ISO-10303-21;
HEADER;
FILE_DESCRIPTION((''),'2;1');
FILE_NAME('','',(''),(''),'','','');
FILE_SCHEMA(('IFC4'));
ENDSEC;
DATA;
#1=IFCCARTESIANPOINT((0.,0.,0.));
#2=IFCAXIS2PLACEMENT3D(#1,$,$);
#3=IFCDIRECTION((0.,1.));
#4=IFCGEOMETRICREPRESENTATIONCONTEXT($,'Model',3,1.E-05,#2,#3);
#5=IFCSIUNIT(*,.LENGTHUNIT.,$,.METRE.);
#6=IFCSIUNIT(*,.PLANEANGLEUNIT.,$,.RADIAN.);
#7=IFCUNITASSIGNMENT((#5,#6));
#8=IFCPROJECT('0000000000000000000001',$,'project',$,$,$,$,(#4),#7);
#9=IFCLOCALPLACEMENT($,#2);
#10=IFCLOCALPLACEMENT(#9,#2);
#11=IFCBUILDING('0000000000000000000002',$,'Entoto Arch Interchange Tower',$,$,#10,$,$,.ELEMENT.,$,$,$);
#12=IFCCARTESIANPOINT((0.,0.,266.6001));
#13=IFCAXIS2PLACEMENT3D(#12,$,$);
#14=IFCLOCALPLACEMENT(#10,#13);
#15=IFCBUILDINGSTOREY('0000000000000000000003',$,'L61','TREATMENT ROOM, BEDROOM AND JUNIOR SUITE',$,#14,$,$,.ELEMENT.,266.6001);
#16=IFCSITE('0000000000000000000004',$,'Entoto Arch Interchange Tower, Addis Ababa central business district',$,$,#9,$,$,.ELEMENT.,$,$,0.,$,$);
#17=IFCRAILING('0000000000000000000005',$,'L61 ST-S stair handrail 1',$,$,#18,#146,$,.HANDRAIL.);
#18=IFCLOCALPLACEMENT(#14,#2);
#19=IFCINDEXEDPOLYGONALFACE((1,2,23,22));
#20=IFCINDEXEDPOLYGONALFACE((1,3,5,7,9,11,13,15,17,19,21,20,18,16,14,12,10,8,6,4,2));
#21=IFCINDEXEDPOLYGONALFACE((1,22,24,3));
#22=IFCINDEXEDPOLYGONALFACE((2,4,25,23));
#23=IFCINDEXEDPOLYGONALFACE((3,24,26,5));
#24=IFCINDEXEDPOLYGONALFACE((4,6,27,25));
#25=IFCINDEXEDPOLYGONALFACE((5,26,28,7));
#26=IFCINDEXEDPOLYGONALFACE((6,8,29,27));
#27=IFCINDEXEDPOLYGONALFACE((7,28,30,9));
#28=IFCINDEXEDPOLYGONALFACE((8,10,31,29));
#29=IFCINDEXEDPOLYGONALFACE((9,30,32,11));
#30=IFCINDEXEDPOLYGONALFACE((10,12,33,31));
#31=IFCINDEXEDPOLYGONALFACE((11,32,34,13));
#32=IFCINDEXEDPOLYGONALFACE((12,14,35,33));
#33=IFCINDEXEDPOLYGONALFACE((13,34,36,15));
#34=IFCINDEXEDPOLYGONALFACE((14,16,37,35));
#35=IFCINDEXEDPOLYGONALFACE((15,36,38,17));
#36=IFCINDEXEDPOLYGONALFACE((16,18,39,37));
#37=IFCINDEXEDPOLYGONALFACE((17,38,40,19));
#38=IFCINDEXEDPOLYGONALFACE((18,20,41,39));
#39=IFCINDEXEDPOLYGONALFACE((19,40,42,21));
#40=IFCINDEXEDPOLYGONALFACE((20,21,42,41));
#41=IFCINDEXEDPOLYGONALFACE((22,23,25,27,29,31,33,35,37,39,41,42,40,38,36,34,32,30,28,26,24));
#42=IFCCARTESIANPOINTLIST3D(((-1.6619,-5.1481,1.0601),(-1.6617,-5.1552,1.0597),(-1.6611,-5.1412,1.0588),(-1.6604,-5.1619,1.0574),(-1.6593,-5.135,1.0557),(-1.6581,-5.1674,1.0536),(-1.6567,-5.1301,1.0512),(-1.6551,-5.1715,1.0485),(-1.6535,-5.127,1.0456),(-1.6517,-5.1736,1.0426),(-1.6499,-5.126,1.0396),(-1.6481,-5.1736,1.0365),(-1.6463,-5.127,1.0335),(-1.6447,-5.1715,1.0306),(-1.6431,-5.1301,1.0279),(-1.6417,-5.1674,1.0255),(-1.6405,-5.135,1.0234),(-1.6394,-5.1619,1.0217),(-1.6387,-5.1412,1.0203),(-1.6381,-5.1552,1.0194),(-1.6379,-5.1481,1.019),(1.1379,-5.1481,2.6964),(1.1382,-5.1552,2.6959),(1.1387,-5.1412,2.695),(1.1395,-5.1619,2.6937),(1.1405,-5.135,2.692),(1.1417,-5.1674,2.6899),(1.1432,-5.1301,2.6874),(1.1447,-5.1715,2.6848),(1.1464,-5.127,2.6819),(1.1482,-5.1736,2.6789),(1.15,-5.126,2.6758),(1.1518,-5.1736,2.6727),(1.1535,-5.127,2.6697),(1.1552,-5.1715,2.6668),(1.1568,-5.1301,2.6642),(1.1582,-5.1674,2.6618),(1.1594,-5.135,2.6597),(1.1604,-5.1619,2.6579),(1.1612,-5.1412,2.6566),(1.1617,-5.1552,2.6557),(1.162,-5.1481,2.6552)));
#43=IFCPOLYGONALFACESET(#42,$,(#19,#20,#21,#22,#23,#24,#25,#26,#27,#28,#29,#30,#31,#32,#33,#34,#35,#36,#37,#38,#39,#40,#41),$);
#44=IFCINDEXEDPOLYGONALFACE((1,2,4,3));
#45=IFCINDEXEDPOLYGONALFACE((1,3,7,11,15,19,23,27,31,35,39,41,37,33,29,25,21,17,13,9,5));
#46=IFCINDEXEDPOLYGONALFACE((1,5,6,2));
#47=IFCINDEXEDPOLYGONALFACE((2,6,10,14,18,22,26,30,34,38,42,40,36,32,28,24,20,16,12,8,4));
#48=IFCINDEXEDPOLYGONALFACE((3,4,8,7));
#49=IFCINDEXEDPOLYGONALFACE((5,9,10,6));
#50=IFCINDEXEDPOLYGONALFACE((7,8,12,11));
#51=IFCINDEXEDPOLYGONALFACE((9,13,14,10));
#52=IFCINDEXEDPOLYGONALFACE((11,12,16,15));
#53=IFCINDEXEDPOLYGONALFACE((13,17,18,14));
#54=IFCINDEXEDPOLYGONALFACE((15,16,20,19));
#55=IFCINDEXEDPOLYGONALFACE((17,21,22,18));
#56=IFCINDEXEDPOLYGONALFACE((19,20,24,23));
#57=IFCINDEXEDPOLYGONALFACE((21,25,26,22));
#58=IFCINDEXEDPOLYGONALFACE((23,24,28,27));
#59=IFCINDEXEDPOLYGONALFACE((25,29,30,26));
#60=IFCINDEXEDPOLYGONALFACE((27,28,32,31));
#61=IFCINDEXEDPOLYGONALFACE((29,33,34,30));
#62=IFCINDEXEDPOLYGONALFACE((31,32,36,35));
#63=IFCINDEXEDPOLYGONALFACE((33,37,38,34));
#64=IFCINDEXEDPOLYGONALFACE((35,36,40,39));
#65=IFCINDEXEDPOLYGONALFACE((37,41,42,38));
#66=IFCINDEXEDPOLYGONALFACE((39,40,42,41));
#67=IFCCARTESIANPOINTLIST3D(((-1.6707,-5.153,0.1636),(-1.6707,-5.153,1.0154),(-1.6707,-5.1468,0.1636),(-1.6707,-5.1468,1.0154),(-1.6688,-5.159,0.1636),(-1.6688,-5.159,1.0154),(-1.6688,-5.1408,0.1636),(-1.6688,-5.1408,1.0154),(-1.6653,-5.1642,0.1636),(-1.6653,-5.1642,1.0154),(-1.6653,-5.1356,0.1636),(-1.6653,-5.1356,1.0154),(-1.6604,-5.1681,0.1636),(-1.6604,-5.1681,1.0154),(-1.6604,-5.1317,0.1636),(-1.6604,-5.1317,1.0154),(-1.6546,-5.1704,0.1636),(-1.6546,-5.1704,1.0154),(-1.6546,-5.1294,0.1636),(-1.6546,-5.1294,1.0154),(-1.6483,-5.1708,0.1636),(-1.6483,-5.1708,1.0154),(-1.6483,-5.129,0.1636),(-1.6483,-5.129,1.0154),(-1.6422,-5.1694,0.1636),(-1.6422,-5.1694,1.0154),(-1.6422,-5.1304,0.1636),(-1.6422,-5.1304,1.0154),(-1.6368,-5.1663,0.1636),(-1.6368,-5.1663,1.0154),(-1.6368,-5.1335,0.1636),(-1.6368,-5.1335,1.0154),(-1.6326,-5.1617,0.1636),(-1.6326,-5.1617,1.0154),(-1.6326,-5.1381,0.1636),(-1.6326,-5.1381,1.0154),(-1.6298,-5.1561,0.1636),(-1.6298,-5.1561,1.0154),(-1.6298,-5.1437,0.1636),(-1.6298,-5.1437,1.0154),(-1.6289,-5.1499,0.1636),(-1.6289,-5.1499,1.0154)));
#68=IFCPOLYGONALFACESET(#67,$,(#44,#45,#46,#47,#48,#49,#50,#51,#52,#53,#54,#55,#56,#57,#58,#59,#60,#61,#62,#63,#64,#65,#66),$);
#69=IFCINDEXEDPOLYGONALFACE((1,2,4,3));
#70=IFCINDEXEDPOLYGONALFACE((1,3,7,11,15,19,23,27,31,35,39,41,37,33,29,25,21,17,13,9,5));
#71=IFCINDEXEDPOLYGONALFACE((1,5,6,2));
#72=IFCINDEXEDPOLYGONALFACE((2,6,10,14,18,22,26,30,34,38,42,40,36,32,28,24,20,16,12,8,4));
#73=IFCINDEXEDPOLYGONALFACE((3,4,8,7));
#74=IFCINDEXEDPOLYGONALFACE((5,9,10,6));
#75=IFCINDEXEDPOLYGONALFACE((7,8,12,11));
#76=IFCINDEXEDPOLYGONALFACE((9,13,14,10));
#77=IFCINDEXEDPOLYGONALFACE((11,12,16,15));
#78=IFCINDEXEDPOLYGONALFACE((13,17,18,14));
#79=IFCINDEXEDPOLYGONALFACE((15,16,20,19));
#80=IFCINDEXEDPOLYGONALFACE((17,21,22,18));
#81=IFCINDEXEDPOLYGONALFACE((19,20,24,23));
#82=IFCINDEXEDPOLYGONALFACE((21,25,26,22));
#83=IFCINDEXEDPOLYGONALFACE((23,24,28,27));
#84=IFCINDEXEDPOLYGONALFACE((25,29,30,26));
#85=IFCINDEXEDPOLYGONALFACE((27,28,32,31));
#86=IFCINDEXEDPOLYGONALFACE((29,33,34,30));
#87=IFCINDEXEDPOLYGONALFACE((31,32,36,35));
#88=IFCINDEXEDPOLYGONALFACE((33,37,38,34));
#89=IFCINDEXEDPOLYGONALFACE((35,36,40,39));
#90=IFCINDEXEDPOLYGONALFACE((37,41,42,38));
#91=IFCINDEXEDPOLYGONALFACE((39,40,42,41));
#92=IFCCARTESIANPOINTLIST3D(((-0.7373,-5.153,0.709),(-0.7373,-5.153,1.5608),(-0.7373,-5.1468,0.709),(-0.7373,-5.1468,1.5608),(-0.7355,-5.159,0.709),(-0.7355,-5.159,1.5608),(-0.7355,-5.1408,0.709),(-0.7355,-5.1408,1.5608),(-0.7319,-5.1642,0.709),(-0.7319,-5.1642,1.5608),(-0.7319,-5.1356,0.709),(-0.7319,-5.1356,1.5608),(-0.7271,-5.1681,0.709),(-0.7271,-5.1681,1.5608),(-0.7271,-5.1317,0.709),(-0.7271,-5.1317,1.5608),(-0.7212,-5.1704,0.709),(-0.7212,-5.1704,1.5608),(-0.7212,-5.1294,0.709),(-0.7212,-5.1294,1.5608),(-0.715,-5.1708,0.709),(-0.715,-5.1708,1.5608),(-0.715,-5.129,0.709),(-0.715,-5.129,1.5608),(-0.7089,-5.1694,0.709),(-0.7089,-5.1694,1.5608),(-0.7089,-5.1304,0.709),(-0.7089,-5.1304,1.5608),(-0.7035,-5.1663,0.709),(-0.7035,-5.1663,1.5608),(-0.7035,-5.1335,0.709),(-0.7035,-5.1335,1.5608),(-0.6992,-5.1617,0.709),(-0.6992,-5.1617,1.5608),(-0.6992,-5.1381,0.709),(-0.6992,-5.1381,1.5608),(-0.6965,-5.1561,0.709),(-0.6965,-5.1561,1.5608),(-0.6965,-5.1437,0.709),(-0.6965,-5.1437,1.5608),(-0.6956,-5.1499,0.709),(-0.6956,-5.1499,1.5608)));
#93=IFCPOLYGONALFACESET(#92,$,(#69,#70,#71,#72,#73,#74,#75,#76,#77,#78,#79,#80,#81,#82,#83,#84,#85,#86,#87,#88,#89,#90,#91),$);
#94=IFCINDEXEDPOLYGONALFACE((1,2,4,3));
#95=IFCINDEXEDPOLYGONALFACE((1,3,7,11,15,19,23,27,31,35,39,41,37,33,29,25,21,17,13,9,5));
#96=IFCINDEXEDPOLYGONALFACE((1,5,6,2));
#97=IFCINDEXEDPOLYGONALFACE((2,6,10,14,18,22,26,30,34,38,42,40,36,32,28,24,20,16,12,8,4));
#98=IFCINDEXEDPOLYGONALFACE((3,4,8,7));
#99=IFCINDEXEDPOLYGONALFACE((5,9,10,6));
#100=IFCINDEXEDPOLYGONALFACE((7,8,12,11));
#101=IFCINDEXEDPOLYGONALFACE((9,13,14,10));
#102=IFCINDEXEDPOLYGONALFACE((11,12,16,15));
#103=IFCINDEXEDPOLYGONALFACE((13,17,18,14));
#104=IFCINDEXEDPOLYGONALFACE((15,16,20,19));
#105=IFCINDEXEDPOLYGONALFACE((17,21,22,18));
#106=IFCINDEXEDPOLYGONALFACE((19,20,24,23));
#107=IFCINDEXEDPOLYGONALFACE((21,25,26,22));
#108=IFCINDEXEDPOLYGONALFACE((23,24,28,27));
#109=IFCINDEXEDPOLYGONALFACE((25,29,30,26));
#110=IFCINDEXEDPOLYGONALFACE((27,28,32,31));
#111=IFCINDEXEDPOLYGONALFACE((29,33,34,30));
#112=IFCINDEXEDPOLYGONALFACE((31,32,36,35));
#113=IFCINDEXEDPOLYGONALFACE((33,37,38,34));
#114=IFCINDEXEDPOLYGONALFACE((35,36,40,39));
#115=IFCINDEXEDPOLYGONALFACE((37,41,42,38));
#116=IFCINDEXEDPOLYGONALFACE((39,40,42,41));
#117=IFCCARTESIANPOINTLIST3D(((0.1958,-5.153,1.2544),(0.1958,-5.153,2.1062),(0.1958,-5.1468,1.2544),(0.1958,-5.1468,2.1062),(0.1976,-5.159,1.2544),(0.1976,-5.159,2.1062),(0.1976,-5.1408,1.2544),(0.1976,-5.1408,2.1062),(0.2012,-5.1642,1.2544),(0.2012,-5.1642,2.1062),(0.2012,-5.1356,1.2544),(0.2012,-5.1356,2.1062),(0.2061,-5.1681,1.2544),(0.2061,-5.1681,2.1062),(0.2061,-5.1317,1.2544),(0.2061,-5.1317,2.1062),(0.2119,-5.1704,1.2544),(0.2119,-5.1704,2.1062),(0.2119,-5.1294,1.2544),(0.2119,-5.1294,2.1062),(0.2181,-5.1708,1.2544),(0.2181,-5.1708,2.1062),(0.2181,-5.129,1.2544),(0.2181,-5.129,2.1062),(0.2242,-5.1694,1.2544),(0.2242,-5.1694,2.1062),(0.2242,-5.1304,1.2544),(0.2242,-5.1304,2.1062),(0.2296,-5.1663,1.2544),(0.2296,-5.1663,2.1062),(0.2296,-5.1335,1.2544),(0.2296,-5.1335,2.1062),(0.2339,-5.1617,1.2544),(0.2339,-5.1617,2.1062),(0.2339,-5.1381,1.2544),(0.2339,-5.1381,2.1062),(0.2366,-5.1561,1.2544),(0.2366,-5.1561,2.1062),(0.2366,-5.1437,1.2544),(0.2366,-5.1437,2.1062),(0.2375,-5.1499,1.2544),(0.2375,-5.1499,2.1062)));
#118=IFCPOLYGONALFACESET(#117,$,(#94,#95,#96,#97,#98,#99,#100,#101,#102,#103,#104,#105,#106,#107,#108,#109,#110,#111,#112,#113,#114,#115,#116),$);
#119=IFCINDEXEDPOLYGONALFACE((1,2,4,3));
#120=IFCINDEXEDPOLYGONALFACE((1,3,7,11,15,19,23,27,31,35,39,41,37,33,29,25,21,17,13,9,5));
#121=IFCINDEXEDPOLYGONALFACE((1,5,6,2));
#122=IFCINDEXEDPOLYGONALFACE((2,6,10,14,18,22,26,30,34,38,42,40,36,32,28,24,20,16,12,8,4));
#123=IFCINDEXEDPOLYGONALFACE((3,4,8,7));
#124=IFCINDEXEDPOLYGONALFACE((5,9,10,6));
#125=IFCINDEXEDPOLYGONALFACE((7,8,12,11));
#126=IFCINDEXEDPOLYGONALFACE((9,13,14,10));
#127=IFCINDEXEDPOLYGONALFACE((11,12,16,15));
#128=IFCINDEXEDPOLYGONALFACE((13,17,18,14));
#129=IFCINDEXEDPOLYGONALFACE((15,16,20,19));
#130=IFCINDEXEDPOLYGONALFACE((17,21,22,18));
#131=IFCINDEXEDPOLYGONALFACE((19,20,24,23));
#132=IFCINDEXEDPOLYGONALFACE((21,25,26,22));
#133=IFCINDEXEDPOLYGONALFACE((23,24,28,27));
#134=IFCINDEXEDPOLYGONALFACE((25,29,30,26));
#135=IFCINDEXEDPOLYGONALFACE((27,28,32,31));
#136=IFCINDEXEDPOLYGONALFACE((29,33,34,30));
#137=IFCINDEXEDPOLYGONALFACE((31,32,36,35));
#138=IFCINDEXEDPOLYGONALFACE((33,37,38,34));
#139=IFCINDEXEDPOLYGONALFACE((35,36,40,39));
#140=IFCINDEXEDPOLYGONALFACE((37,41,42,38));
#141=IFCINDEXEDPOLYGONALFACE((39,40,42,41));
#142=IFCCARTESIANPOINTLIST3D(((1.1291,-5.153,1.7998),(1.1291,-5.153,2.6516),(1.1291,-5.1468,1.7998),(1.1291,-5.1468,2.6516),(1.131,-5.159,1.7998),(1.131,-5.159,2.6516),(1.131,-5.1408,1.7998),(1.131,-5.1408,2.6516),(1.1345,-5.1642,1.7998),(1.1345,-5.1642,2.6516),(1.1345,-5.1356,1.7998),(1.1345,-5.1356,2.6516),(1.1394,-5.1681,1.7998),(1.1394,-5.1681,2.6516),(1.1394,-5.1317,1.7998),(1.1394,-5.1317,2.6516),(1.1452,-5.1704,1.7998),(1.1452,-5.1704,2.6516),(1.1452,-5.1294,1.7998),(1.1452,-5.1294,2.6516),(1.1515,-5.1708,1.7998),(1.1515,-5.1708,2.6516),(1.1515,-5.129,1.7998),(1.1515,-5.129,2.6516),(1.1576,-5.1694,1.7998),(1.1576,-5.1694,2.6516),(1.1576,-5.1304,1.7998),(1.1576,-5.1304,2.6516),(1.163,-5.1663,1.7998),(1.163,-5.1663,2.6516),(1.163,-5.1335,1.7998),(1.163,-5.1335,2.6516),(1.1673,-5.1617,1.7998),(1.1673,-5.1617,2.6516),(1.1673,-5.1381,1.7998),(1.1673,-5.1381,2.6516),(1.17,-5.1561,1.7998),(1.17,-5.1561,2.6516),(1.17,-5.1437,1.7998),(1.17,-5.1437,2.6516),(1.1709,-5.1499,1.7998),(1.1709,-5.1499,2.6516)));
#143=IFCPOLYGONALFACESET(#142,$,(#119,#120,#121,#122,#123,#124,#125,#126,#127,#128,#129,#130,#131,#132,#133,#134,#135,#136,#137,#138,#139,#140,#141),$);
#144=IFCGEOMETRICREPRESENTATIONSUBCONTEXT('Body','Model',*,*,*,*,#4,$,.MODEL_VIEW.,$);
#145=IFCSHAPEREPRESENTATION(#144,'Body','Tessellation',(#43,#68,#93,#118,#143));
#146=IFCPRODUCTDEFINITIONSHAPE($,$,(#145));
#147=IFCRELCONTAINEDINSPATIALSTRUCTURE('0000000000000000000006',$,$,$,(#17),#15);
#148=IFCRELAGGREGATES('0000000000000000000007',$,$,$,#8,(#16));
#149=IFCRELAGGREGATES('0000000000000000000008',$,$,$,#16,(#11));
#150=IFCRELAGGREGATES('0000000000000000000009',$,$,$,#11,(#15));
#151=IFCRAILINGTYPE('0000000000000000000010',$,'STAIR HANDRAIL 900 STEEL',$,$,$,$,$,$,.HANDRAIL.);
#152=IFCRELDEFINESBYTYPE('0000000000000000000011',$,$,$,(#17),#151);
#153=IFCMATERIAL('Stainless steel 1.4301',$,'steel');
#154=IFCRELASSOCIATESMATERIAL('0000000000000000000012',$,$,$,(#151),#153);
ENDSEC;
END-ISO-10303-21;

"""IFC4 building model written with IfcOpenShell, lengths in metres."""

from ifc_helpers import new_model, si_unit, direction, frame, origin, origin_2d, place, context, subcontext, project, spatial, circle, extrude, material, type_object, element, save


model = new_model("IFC4")

# Units and contexts
model_context = context("Model", 3, precision=1e-05, world=origin(), true_north=direction((0.0, 1.0)))
body_context = subcontext(model_context, "Body", "Model", "MODEL_VIEW")
ifc_project = project(units=[si_unit("LENGTHUNIT", "METRE"), si_unit("PLANEANGLEUNIT", "RADIAN")], contexts=[model_context])

# Site, building, storey
site_placement = place(None, origin())
site = spatial("IfcSite", under=ifc_project, at=site_placement, Name="Entoto Arch Interchange Tower, Addis Ababa central business district", CompositionType="ELEMENT", RefElevation=0.0)
building_placement = place(site_placement, origin())
building = spatial("IfcBuilding", under=site, at=building_placement, Name="Entoto Arch Interchange Tower", CompositionType="ELEMENT")
storey_placement = place(building_placement, frame((0.0, 0.0, 266.6001)))
storey = spatial("IfcBuildingStorey", under=building, at=storey_placement, Name="L61", Description="TREATMENT ROOM, BEDROOM AND JUNIOR SUITE", CompositionType="ELEMENT", Elevation=266.6001)

# Railing
ifc_material_1 = material(Name="Stainless steel 1.4301", Category="steel")
railing_type = type_object("IfcRailingType", Name="STAIR HANDRAIL 900 STEEL", PredefinedType="HANDRAIL", material=ifc_material_1)
railing_placement = place(storey_placement, frame((-1.6499, -5.1499, 0.1636)))
element("IfcRailing", 1, at=railing_placement, inside=storey, type_object=railing_type, Name="L61 ST-S stair handrail 1", PredefinedType="HANDRAIL", context=body_context, shape_type="SweptSolid", body=[
    extrude(circle(Radius=0.0239, at=origin_2d()), frame((0.0, 0.0, 0.876), z_axis=(0.863374, 0.0, 0.504564), x_axis=(0.0, 1.0, 0.0)), (0.0, 0.0, 1.0), 3.2429),
    extrude(circle(Radius=0.021, at=origin_2d()), origin(), (0.0, 0.0, 1.0), 0.8518),
    extrude(circle(Radius=0.021, at=origin_2d()), frame((0.9333, 0.0, 0.5454)), (0.0, 0.0, 1.0), 0.8518),
    extrude(circle(Radius=0.021, at=origin_2d()), frame((1.8665, 0.0, 1.0908)), (0.0, 0.0, 1.0), 0.8518),
    extrude(circle(Radius=0.021, at=origin_2d()), frame((2.7998, 0.0, 1.6362)), (0.0, 0.0, 1.0), 0.8518),
])

save(model, "model.ifc")
